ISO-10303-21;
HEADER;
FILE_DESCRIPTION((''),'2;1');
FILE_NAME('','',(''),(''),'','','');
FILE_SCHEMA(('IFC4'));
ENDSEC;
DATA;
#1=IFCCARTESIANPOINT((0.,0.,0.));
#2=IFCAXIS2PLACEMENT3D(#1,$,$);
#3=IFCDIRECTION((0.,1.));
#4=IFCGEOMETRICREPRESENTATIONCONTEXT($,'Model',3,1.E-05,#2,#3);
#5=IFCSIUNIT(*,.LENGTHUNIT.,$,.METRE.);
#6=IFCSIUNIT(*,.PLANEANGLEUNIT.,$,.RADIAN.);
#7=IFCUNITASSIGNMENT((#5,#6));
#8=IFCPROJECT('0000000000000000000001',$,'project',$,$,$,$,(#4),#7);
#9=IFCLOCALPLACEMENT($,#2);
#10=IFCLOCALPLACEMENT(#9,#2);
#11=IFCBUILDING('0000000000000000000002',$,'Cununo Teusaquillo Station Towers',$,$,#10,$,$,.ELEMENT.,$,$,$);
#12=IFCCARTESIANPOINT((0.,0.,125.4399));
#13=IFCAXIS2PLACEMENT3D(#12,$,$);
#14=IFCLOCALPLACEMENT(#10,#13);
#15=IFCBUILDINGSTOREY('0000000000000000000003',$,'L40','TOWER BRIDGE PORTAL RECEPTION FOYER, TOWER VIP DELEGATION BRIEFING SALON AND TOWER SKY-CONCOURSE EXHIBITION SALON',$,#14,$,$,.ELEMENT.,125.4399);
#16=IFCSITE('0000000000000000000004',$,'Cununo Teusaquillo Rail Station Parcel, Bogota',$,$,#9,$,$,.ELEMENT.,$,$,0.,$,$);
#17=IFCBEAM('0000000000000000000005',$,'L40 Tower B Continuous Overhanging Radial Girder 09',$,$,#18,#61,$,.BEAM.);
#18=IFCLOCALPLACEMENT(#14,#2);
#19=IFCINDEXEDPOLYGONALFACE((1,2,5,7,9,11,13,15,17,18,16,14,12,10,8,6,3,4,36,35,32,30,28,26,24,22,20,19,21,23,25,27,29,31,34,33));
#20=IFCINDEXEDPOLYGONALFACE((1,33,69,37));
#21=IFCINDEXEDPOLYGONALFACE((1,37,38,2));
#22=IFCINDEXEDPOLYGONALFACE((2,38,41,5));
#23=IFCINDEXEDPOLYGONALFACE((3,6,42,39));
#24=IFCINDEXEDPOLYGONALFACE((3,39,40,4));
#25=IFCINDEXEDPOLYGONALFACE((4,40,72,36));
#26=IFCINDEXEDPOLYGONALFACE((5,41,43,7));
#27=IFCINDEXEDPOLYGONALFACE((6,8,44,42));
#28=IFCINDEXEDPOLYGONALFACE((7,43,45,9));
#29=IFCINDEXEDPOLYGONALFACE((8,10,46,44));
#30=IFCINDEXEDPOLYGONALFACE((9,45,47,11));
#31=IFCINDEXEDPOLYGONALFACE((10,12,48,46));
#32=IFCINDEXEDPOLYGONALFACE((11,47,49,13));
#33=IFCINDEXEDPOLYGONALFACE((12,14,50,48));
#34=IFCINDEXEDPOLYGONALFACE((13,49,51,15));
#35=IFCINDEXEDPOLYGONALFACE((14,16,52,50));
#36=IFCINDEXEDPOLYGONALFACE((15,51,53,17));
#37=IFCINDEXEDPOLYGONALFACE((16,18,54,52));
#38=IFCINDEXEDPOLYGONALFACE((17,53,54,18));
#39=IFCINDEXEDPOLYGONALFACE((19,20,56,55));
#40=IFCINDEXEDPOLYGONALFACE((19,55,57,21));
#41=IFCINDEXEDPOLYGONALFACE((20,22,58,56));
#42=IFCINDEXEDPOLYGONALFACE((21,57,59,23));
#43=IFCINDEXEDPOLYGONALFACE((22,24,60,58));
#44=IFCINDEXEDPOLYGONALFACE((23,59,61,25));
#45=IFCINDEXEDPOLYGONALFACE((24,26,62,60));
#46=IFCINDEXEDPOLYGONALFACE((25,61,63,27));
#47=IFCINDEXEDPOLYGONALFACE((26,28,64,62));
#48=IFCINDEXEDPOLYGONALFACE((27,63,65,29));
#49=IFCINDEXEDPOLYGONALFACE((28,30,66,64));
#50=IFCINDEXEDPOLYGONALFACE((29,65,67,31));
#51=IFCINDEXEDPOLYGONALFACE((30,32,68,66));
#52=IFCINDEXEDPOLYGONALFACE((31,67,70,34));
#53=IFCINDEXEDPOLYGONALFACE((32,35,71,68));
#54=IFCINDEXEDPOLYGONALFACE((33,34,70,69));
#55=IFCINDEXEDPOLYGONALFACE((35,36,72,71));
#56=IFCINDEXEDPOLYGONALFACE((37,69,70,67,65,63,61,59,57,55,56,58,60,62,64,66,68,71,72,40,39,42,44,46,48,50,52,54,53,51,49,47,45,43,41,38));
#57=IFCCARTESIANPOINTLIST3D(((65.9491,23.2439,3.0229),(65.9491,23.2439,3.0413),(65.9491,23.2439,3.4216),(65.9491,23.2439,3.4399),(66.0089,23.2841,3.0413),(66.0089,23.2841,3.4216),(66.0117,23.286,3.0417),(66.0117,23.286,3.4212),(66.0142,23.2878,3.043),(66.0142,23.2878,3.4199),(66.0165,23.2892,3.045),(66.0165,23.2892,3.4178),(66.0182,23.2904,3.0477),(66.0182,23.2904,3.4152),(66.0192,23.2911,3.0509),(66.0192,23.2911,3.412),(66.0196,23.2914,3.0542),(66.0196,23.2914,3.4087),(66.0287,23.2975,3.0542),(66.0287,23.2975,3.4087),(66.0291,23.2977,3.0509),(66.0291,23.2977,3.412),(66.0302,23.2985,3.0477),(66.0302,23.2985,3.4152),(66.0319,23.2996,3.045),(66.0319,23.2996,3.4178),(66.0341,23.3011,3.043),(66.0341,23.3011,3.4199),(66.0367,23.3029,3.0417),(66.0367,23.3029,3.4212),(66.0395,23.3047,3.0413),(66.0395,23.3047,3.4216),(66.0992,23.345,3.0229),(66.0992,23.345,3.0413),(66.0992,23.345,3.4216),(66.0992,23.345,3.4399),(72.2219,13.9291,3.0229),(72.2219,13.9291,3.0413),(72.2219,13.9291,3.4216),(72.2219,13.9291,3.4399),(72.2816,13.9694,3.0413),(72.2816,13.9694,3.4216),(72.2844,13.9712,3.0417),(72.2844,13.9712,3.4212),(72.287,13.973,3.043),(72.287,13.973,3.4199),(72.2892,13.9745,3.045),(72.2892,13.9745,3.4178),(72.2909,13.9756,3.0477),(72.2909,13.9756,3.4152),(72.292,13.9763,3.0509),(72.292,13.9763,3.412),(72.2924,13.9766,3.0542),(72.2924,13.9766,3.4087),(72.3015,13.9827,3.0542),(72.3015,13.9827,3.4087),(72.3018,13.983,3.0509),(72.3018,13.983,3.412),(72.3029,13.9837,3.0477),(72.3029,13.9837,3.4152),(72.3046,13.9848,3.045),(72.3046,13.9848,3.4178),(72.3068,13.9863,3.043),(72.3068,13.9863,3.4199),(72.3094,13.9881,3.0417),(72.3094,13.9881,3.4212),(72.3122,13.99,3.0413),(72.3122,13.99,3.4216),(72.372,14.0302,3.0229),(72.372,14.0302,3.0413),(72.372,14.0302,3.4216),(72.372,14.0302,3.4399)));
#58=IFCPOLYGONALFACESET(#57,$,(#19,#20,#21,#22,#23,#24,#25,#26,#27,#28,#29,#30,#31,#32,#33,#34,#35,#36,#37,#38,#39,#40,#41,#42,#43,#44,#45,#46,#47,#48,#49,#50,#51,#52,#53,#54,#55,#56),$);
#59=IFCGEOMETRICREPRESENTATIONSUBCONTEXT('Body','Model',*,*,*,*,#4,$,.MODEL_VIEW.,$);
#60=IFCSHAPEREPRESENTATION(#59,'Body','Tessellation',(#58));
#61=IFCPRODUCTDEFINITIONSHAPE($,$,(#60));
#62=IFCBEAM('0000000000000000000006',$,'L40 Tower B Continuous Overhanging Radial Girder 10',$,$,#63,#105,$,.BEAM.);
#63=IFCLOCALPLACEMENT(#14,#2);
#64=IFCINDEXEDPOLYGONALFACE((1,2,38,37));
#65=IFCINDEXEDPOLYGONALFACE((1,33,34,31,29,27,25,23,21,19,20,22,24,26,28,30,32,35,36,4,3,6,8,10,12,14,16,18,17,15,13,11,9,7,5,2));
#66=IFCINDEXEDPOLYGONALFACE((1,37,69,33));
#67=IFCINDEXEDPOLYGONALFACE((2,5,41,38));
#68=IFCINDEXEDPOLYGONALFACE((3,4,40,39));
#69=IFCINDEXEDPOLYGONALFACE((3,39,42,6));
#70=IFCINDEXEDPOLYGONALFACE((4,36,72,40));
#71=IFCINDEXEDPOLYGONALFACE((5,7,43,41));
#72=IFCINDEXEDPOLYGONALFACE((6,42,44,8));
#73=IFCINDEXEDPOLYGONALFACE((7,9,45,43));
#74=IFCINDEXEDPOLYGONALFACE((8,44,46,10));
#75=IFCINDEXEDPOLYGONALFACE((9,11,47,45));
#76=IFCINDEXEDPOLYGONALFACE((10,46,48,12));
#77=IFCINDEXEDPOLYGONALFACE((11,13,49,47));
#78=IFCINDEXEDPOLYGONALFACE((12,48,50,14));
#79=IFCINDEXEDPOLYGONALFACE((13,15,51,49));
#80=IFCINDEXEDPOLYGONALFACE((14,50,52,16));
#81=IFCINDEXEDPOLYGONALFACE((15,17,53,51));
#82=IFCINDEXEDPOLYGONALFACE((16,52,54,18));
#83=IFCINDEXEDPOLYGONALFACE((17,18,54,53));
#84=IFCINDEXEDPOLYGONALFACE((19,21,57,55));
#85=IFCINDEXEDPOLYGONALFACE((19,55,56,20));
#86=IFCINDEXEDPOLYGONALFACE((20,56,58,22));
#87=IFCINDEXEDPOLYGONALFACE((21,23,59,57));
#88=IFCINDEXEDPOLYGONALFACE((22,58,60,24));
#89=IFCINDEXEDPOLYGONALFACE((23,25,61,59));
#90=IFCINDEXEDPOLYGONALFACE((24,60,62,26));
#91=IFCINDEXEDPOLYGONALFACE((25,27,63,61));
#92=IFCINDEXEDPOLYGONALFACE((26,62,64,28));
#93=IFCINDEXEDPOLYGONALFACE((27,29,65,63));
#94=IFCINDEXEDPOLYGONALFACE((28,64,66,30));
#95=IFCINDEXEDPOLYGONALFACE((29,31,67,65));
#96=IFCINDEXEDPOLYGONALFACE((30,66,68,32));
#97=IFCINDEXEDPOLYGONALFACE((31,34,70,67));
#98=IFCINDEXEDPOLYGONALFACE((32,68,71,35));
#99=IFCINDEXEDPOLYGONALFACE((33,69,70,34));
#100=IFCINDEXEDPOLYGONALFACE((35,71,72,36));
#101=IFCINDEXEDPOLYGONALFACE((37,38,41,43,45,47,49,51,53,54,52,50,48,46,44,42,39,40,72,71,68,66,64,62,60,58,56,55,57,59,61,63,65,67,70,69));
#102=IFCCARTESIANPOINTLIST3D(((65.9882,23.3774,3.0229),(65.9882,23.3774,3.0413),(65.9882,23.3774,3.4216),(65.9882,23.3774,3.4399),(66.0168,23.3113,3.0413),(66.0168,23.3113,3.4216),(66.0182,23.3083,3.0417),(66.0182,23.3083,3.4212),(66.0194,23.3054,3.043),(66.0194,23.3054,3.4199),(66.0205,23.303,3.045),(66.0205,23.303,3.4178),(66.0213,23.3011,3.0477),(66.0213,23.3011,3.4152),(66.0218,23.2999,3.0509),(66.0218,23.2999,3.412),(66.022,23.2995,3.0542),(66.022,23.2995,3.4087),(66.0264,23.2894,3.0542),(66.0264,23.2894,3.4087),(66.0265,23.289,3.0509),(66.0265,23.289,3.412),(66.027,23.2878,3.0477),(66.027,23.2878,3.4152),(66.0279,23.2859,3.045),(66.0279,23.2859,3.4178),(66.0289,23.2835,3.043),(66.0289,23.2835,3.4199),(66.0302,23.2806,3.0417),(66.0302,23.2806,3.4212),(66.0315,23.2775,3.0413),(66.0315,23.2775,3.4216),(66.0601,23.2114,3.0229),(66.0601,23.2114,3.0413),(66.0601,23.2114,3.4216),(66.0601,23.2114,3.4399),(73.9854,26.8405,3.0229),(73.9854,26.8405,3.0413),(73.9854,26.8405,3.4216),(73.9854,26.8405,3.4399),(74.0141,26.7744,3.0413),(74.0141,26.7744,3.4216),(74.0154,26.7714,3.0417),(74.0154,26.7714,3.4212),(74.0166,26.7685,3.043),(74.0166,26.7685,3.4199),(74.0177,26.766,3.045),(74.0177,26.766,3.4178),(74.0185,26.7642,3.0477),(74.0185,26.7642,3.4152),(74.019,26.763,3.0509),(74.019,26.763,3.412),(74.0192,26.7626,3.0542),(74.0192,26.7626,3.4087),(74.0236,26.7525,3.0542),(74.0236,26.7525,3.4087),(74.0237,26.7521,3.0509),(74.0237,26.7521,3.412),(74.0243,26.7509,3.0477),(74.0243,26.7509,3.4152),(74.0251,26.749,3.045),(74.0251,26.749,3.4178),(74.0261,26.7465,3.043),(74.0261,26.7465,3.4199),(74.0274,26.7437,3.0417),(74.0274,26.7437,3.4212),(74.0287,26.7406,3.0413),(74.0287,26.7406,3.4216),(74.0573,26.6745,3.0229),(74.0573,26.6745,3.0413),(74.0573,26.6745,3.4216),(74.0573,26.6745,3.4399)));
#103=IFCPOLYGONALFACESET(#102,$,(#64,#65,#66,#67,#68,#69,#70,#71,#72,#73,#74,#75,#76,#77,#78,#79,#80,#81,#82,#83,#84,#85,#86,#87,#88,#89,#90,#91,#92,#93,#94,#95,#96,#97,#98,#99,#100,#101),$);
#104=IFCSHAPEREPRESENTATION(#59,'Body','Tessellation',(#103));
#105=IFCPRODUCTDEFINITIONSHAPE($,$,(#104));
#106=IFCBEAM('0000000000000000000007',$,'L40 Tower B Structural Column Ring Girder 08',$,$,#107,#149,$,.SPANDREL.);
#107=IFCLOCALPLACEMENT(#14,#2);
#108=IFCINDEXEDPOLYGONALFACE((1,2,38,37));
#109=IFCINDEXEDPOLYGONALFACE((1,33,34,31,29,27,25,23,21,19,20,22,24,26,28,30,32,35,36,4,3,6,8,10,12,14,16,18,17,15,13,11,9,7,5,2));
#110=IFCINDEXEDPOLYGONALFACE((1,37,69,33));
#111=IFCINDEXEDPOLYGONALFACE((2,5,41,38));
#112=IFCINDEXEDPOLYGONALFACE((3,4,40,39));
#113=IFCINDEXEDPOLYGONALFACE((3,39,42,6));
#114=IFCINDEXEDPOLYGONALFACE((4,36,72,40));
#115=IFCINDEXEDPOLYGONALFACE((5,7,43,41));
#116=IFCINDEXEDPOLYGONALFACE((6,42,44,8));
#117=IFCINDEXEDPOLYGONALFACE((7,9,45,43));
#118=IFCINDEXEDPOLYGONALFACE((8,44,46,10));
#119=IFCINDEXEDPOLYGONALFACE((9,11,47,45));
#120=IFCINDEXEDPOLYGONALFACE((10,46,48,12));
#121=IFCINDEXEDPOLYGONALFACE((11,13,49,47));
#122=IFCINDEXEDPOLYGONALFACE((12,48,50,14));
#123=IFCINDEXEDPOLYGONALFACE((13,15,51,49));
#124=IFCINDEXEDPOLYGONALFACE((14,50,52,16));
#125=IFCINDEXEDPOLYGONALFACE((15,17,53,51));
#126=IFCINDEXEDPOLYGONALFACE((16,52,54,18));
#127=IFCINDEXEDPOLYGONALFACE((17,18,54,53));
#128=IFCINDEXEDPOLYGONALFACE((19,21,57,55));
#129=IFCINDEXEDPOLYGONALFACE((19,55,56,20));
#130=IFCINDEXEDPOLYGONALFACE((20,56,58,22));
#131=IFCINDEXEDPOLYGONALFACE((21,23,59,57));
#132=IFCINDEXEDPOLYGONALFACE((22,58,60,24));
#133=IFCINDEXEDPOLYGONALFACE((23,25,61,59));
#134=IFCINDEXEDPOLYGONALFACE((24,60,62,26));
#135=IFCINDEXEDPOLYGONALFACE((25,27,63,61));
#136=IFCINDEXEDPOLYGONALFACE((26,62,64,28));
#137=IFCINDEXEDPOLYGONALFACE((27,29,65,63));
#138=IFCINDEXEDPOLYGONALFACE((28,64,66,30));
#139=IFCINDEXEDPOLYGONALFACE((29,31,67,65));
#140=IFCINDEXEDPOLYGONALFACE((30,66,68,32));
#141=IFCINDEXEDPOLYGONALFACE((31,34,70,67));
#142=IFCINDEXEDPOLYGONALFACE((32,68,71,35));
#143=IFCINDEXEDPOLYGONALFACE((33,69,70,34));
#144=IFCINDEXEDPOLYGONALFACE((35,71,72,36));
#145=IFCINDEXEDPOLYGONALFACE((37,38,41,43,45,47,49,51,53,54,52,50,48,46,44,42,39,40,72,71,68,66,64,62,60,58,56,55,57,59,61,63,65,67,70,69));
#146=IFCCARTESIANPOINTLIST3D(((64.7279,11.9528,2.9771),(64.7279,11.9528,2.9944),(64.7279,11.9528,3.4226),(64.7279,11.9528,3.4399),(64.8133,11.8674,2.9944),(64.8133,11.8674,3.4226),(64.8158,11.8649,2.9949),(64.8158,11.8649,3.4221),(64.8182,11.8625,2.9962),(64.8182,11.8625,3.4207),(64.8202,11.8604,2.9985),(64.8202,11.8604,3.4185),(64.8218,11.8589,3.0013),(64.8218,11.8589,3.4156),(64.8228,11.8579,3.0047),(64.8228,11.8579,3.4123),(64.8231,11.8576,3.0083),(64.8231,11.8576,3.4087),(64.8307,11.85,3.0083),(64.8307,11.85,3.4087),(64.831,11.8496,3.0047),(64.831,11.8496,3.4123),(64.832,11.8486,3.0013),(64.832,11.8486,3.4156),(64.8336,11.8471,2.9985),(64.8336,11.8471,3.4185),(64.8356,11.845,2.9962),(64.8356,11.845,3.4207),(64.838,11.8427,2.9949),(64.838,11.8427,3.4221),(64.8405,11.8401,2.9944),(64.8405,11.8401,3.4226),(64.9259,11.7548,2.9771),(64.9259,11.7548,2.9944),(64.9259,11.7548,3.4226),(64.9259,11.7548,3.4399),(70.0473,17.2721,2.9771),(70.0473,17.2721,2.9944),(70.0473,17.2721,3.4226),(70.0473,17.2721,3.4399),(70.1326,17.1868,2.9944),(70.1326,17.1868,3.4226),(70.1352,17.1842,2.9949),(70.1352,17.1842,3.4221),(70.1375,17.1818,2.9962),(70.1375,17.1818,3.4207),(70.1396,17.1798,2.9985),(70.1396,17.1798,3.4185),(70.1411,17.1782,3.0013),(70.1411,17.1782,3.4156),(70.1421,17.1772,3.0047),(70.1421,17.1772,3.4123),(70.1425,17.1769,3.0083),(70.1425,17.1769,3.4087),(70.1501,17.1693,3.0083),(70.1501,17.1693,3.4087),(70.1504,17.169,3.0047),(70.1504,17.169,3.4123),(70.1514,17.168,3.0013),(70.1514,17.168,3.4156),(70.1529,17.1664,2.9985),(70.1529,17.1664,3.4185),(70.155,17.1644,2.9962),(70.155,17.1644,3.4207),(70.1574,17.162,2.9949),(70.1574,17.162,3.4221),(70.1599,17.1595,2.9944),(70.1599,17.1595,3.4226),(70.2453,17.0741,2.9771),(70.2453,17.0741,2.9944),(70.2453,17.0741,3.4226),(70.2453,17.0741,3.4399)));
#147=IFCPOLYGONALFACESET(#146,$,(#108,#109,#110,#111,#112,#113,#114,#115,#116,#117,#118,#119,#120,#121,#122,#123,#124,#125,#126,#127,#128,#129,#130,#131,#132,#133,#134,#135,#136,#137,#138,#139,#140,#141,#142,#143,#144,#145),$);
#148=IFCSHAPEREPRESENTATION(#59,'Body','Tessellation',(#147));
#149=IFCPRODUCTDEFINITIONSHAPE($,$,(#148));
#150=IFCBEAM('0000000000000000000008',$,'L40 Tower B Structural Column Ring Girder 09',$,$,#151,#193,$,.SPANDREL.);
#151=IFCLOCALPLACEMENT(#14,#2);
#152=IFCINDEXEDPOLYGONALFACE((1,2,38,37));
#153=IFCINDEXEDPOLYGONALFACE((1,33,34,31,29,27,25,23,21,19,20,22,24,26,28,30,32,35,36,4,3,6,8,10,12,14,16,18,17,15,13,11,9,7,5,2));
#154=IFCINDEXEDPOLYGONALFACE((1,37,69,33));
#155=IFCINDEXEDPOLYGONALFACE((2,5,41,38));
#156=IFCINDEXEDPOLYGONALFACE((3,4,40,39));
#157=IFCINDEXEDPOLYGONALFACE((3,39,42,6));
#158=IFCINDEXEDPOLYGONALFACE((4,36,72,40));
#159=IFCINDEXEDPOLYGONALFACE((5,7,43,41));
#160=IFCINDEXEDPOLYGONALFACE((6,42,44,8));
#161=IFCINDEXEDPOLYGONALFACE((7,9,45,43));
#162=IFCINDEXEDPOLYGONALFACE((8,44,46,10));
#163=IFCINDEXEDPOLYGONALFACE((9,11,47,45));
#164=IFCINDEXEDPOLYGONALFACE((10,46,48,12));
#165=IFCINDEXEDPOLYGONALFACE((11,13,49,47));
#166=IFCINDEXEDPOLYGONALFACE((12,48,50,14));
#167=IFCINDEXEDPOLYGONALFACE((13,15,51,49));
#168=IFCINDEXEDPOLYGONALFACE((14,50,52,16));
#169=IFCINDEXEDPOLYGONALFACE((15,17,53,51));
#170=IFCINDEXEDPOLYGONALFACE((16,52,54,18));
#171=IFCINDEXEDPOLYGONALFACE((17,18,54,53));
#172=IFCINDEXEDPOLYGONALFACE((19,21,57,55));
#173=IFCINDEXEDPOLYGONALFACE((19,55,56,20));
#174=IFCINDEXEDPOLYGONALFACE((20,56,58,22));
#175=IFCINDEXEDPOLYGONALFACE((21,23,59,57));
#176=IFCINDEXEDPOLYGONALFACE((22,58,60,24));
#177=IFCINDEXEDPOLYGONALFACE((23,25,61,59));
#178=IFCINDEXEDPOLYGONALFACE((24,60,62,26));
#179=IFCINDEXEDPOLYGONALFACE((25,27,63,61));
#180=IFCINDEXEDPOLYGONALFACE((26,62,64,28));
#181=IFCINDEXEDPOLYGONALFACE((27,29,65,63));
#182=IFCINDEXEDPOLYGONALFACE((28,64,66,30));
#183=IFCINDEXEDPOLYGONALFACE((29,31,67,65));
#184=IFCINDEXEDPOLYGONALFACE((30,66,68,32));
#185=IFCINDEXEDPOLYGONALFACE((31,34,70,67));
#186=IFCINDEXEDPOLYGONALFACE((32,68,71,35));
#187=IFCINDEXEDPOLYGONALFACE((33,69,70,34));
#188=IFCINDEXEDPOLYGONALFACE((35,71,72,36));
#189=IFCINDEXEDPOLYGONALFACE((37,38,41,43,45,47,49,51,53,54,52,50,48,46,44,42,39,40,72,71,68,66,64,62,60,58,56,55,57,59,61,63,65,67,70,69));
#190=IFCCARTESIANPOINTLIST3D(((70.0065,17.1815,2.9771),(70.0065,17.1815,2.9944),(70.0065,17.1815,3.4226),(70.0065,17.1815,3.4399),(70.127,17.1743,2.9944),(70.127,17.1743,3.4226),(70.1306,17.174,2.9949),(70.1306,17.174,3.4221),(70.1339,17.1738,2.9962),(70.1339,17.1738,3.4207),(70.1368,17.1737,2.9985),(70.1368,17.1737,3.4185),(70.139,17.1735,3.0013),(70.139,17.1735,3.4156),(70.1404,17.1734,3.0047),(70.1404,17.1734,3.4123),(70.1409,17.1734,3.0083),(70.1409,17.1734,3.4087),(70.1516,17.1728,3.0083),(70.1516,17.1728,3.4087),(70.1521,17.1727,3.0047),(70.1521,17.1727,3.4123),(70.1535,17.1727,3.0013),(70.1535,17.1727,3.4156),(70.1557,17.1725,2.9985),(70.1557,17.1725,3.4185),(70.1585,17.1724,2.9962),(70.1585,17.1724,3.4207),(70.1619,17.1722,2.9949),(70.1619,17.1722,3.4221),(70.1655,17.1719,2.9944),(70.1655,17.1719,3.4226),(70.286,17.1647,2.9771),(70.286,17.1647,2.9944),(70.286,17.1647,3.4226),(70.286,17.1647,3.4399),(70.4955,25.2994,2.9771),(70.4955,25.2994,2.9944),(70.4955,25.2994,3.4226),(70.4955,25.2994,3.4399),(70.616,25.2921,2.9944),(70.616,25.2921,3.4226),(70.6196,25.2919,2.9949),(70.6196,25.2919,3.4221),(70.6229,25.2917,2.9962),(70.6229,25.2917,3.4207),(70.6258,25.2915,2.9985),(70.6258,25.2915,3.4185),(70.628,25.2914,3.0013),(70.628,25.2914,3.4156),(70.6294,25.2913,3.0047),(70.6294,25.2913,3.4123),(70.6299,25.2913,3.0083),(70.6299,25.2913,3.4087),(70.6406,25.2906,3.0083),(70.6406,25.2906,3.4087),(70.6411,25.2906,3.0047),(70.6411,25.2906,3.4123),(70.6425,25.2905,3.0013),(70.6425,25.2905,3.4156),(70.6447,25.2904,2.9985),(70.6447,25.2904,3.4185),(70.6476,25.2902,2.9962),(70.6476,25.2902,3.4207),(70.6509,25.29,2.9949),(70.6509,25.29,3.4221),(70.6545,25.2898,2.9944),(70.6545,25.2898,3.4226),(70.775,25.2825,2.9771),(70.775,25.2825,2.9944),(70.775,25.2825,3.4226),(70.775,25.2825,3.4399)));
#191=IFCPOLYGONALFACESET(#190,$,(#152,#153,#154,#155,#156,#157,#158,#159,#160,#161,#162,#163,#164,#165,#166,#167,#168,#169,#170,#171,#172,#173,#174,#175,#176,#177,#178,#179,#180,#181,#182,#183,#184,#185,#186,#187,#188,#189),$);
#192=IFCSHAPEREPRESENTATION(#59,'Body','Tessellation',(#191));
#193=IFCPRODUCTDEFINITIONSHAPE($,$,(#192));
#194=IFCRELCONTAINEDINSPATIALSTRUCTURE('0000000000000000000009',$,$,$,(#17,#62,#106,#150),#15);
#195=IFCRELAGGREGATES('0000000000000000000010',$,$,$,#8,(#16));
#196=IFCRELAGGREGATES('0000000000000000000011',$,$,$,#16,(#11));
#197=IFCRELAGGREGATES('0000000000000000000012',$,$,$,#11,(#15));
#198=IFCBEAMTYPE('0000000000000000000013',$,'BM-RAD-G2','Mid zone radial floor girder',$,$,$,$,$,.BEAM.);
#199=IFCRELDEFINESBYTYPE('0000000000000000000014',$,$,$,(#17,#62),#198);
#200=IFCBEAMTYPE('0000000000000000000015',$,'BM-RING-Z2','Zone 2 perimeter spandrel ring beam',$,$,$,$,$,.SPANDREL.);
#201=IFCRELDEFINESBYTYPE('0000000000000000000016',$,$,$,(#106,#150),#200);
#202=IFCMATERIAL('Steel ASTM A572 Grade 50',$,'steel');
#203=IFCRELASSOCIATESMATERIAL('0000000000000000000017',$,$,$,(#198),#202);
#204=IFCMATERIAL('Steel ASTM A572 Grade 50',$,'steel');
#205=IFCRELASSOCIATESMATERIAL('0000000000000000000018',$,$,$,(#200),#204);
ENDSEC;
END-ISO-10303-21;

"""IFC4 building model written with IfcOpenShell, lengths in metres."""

from ifc_helpers import new_model, si_unit, direction, frame, origin, origin_2d, place, context, subcontext, project, spatial, i_section, extrude, material, material_profile, profile_set, type_object, element, save


model = new_model("IFC4")

# Units and contexts
model_context = context("Model", 3, precision=1e-05, world=origin(), true_north=direction((0.0, 1.0)))
body_context = subcontext(model_context, "Body", "Model", "MODEL_VIEW")
ifc_project = project(units=[si_unit("LENGTHUNIT", "METRE"), si_unit("PLANEANGLEUNIT", "RADIAN")], contexts=[model_context])

# Site, building, storey
site_placement = place(None, origin())
site = spatial("IfcSite", under=ifc_project, at=site_placement, Name="Cununo Teusaquillo Rail Station Parcel, Bogota", CompositionType="ELEMENT", RefElevation=0.0)
building_placement = place(site_placement, origin())
building = spatial("IfcBuilding", under=site, at=building_placement, Name="Cununo Teusaquillo Station Towers", CompositionType="ELEMENT")
storey_placement = place(building_placement, frame((0.0, 0.0, 125.4399)))
storey = spatial("IfcBuildingStorey", under=building, at=storey_placement, Name="L40", Description="TOWER BRIDGE PORTAL RECEPTION FOYER, TOWER VIP DELEGATION BRIEFING SALON AND TOWER SKY-CONCOURSE EXHIBITION SALON", CompositionType="ELEMENT", Elevation=125.4399)

# Beams
ifc_material_1 = material(Name="Steel ASTM A572 Grade 50", Category="steel")
ifc_material_profile_1 = material_profile(ifc_material_1, i_section(OverallWidth=0.1809, OverallDepth=0.417, WebThickness=0.011, FlangeThickness=0.0183, FilletRadius=0.0129, at=origin_2d()), Name="W16X57")
ifc_profile_set_1 = profile_set([ifc_material_profile_1], Name="Steel ASTM A572 Grade 50")
beam_type_1 = type_object("IfcBeamType", Name="BM-RAD-G2", Description="Mid zone radial floor girder", PredefinedType="BEAM", material=ifc_profile_set_1)
beam_1_placement = place(storey_placement, frame((66.0242, 23.2944, 3.2314), z_axis=(0.558572, -0.829456, 0.0), x_axis=(0.829456, 0.558572, 0.0)))
element("IfcBeam", 1, at=beam_1_placement, inside=storey, type_object=beam_type_1, Name="L40 Tower B Continuous Overhanging Radial Girder 09", PredefinedType="BEAM", context=body_context, shape_type="SweptSolid", body=[
    extrude(i_section(OverallWidth=0.1809, OverallDepth=0.417, WebThickness=0.011, FlangeThickness=0.0183, FilletRadius=0.0129, at=origin_2d()), origin(), (0.0, 0.0, 1.0), 11.23),
])
beam_2_placement = place(storey_placement, frame((66.0242, 23.2944, 3.2314), z_axis=(0.917655, 0.397379, 0.0), x_axis=(-0.397379, 0.917655, 0.0)))
element("IfcBeam", 2, at=beam_2_placement, inside=storey, type_object=beam_type_1, Name="L40 Tower B Continuous Overhanging Radial Girder 10", PredefinedType="BEAM", context=body_context, shape_type="SweptSolid", body=[
    extrude(i_section(OverallWidth=0.1809, OverallDepth=0.417, WebThickness=0.011, FlangeThickness=0.0183, FilletRadius=0.0129, at=origin_2d()), origin(), (0.0, 0.0, 1.0), 8.7148),
])
ifc_material_2 = material(Name="Steel ASTM A572 Grade 50", Category="steel")
ifc_material_profile_2 = material_profile(ifc_material_2, i_section(OverallWidth=0.28, OverallDepth=0.4629, WebThickness=0.0107, FlangeThickness=0.0173, FilletRadius=0.0139, at=origin_2d()), Name="W18X76")
ifc_profile_set_2 = profile_set([ifc_material_profile_2], Name="Steel ASTM A572 Grade 50")
beam_type_2 = type_object("IfcBeamType", Name="BM-RING-Z2", Description="Zone 2 perimeter spandrel ring beam", PredefinedType="SPANDREL", material=ifc_profile_set_2)
beam_3_placement = place(storey_placement, frame((64.8269, 11.8538, 3.2085), z_axis=(0.707107, 0.707107, 0.0), x_axis=(-0.707107, 0.707107, 0.0)))
element("IfcBeam", 3, at=beam_3_placement, inside=storey, type_object=beam_type_2, Name="L40 Tower B Structural Column Ring Girder 08", PredefinedType="SPANDREL", context=body_context, shape_type="SweptSolid", body=[
    extrude(i_section(OverallWidth=0.28, OverallDepth=0.4629, WebThickness=0.0107, FlangeThickness=0.0173, FilletRadius=0.0139, at=origin_2d()), origin(), (0.0, 0.0, 1.0), 7.5227),
])
beam_4_placement = place(storey_placement, frame((70.1462, 17.1731, 3.2085), z_axis=(0.06013, 0.998191, 0.0), x_axis=(-0.998191, 0.06013, 0.0)))
element("IfcBeam", 4, at=beam_4_placement, inside=storey, type_object=beam_type_2, Name="L40 Tower B Structural Column Ring Girder 09", PredefinedType="SPANDREL", context=body_context, shape_type="SweptSolid", body=[
    extrude(i_section(OverallWidth=0.28, OverallDepth=0.4629, WebThickness=0.0107, FlangeThickness=0.0173, FilletRadius=0.0139, at=origin_2d()), origin(), (0.0, 0.0, 1.0), 8.1326),
])

save(model, "model.ifc")
